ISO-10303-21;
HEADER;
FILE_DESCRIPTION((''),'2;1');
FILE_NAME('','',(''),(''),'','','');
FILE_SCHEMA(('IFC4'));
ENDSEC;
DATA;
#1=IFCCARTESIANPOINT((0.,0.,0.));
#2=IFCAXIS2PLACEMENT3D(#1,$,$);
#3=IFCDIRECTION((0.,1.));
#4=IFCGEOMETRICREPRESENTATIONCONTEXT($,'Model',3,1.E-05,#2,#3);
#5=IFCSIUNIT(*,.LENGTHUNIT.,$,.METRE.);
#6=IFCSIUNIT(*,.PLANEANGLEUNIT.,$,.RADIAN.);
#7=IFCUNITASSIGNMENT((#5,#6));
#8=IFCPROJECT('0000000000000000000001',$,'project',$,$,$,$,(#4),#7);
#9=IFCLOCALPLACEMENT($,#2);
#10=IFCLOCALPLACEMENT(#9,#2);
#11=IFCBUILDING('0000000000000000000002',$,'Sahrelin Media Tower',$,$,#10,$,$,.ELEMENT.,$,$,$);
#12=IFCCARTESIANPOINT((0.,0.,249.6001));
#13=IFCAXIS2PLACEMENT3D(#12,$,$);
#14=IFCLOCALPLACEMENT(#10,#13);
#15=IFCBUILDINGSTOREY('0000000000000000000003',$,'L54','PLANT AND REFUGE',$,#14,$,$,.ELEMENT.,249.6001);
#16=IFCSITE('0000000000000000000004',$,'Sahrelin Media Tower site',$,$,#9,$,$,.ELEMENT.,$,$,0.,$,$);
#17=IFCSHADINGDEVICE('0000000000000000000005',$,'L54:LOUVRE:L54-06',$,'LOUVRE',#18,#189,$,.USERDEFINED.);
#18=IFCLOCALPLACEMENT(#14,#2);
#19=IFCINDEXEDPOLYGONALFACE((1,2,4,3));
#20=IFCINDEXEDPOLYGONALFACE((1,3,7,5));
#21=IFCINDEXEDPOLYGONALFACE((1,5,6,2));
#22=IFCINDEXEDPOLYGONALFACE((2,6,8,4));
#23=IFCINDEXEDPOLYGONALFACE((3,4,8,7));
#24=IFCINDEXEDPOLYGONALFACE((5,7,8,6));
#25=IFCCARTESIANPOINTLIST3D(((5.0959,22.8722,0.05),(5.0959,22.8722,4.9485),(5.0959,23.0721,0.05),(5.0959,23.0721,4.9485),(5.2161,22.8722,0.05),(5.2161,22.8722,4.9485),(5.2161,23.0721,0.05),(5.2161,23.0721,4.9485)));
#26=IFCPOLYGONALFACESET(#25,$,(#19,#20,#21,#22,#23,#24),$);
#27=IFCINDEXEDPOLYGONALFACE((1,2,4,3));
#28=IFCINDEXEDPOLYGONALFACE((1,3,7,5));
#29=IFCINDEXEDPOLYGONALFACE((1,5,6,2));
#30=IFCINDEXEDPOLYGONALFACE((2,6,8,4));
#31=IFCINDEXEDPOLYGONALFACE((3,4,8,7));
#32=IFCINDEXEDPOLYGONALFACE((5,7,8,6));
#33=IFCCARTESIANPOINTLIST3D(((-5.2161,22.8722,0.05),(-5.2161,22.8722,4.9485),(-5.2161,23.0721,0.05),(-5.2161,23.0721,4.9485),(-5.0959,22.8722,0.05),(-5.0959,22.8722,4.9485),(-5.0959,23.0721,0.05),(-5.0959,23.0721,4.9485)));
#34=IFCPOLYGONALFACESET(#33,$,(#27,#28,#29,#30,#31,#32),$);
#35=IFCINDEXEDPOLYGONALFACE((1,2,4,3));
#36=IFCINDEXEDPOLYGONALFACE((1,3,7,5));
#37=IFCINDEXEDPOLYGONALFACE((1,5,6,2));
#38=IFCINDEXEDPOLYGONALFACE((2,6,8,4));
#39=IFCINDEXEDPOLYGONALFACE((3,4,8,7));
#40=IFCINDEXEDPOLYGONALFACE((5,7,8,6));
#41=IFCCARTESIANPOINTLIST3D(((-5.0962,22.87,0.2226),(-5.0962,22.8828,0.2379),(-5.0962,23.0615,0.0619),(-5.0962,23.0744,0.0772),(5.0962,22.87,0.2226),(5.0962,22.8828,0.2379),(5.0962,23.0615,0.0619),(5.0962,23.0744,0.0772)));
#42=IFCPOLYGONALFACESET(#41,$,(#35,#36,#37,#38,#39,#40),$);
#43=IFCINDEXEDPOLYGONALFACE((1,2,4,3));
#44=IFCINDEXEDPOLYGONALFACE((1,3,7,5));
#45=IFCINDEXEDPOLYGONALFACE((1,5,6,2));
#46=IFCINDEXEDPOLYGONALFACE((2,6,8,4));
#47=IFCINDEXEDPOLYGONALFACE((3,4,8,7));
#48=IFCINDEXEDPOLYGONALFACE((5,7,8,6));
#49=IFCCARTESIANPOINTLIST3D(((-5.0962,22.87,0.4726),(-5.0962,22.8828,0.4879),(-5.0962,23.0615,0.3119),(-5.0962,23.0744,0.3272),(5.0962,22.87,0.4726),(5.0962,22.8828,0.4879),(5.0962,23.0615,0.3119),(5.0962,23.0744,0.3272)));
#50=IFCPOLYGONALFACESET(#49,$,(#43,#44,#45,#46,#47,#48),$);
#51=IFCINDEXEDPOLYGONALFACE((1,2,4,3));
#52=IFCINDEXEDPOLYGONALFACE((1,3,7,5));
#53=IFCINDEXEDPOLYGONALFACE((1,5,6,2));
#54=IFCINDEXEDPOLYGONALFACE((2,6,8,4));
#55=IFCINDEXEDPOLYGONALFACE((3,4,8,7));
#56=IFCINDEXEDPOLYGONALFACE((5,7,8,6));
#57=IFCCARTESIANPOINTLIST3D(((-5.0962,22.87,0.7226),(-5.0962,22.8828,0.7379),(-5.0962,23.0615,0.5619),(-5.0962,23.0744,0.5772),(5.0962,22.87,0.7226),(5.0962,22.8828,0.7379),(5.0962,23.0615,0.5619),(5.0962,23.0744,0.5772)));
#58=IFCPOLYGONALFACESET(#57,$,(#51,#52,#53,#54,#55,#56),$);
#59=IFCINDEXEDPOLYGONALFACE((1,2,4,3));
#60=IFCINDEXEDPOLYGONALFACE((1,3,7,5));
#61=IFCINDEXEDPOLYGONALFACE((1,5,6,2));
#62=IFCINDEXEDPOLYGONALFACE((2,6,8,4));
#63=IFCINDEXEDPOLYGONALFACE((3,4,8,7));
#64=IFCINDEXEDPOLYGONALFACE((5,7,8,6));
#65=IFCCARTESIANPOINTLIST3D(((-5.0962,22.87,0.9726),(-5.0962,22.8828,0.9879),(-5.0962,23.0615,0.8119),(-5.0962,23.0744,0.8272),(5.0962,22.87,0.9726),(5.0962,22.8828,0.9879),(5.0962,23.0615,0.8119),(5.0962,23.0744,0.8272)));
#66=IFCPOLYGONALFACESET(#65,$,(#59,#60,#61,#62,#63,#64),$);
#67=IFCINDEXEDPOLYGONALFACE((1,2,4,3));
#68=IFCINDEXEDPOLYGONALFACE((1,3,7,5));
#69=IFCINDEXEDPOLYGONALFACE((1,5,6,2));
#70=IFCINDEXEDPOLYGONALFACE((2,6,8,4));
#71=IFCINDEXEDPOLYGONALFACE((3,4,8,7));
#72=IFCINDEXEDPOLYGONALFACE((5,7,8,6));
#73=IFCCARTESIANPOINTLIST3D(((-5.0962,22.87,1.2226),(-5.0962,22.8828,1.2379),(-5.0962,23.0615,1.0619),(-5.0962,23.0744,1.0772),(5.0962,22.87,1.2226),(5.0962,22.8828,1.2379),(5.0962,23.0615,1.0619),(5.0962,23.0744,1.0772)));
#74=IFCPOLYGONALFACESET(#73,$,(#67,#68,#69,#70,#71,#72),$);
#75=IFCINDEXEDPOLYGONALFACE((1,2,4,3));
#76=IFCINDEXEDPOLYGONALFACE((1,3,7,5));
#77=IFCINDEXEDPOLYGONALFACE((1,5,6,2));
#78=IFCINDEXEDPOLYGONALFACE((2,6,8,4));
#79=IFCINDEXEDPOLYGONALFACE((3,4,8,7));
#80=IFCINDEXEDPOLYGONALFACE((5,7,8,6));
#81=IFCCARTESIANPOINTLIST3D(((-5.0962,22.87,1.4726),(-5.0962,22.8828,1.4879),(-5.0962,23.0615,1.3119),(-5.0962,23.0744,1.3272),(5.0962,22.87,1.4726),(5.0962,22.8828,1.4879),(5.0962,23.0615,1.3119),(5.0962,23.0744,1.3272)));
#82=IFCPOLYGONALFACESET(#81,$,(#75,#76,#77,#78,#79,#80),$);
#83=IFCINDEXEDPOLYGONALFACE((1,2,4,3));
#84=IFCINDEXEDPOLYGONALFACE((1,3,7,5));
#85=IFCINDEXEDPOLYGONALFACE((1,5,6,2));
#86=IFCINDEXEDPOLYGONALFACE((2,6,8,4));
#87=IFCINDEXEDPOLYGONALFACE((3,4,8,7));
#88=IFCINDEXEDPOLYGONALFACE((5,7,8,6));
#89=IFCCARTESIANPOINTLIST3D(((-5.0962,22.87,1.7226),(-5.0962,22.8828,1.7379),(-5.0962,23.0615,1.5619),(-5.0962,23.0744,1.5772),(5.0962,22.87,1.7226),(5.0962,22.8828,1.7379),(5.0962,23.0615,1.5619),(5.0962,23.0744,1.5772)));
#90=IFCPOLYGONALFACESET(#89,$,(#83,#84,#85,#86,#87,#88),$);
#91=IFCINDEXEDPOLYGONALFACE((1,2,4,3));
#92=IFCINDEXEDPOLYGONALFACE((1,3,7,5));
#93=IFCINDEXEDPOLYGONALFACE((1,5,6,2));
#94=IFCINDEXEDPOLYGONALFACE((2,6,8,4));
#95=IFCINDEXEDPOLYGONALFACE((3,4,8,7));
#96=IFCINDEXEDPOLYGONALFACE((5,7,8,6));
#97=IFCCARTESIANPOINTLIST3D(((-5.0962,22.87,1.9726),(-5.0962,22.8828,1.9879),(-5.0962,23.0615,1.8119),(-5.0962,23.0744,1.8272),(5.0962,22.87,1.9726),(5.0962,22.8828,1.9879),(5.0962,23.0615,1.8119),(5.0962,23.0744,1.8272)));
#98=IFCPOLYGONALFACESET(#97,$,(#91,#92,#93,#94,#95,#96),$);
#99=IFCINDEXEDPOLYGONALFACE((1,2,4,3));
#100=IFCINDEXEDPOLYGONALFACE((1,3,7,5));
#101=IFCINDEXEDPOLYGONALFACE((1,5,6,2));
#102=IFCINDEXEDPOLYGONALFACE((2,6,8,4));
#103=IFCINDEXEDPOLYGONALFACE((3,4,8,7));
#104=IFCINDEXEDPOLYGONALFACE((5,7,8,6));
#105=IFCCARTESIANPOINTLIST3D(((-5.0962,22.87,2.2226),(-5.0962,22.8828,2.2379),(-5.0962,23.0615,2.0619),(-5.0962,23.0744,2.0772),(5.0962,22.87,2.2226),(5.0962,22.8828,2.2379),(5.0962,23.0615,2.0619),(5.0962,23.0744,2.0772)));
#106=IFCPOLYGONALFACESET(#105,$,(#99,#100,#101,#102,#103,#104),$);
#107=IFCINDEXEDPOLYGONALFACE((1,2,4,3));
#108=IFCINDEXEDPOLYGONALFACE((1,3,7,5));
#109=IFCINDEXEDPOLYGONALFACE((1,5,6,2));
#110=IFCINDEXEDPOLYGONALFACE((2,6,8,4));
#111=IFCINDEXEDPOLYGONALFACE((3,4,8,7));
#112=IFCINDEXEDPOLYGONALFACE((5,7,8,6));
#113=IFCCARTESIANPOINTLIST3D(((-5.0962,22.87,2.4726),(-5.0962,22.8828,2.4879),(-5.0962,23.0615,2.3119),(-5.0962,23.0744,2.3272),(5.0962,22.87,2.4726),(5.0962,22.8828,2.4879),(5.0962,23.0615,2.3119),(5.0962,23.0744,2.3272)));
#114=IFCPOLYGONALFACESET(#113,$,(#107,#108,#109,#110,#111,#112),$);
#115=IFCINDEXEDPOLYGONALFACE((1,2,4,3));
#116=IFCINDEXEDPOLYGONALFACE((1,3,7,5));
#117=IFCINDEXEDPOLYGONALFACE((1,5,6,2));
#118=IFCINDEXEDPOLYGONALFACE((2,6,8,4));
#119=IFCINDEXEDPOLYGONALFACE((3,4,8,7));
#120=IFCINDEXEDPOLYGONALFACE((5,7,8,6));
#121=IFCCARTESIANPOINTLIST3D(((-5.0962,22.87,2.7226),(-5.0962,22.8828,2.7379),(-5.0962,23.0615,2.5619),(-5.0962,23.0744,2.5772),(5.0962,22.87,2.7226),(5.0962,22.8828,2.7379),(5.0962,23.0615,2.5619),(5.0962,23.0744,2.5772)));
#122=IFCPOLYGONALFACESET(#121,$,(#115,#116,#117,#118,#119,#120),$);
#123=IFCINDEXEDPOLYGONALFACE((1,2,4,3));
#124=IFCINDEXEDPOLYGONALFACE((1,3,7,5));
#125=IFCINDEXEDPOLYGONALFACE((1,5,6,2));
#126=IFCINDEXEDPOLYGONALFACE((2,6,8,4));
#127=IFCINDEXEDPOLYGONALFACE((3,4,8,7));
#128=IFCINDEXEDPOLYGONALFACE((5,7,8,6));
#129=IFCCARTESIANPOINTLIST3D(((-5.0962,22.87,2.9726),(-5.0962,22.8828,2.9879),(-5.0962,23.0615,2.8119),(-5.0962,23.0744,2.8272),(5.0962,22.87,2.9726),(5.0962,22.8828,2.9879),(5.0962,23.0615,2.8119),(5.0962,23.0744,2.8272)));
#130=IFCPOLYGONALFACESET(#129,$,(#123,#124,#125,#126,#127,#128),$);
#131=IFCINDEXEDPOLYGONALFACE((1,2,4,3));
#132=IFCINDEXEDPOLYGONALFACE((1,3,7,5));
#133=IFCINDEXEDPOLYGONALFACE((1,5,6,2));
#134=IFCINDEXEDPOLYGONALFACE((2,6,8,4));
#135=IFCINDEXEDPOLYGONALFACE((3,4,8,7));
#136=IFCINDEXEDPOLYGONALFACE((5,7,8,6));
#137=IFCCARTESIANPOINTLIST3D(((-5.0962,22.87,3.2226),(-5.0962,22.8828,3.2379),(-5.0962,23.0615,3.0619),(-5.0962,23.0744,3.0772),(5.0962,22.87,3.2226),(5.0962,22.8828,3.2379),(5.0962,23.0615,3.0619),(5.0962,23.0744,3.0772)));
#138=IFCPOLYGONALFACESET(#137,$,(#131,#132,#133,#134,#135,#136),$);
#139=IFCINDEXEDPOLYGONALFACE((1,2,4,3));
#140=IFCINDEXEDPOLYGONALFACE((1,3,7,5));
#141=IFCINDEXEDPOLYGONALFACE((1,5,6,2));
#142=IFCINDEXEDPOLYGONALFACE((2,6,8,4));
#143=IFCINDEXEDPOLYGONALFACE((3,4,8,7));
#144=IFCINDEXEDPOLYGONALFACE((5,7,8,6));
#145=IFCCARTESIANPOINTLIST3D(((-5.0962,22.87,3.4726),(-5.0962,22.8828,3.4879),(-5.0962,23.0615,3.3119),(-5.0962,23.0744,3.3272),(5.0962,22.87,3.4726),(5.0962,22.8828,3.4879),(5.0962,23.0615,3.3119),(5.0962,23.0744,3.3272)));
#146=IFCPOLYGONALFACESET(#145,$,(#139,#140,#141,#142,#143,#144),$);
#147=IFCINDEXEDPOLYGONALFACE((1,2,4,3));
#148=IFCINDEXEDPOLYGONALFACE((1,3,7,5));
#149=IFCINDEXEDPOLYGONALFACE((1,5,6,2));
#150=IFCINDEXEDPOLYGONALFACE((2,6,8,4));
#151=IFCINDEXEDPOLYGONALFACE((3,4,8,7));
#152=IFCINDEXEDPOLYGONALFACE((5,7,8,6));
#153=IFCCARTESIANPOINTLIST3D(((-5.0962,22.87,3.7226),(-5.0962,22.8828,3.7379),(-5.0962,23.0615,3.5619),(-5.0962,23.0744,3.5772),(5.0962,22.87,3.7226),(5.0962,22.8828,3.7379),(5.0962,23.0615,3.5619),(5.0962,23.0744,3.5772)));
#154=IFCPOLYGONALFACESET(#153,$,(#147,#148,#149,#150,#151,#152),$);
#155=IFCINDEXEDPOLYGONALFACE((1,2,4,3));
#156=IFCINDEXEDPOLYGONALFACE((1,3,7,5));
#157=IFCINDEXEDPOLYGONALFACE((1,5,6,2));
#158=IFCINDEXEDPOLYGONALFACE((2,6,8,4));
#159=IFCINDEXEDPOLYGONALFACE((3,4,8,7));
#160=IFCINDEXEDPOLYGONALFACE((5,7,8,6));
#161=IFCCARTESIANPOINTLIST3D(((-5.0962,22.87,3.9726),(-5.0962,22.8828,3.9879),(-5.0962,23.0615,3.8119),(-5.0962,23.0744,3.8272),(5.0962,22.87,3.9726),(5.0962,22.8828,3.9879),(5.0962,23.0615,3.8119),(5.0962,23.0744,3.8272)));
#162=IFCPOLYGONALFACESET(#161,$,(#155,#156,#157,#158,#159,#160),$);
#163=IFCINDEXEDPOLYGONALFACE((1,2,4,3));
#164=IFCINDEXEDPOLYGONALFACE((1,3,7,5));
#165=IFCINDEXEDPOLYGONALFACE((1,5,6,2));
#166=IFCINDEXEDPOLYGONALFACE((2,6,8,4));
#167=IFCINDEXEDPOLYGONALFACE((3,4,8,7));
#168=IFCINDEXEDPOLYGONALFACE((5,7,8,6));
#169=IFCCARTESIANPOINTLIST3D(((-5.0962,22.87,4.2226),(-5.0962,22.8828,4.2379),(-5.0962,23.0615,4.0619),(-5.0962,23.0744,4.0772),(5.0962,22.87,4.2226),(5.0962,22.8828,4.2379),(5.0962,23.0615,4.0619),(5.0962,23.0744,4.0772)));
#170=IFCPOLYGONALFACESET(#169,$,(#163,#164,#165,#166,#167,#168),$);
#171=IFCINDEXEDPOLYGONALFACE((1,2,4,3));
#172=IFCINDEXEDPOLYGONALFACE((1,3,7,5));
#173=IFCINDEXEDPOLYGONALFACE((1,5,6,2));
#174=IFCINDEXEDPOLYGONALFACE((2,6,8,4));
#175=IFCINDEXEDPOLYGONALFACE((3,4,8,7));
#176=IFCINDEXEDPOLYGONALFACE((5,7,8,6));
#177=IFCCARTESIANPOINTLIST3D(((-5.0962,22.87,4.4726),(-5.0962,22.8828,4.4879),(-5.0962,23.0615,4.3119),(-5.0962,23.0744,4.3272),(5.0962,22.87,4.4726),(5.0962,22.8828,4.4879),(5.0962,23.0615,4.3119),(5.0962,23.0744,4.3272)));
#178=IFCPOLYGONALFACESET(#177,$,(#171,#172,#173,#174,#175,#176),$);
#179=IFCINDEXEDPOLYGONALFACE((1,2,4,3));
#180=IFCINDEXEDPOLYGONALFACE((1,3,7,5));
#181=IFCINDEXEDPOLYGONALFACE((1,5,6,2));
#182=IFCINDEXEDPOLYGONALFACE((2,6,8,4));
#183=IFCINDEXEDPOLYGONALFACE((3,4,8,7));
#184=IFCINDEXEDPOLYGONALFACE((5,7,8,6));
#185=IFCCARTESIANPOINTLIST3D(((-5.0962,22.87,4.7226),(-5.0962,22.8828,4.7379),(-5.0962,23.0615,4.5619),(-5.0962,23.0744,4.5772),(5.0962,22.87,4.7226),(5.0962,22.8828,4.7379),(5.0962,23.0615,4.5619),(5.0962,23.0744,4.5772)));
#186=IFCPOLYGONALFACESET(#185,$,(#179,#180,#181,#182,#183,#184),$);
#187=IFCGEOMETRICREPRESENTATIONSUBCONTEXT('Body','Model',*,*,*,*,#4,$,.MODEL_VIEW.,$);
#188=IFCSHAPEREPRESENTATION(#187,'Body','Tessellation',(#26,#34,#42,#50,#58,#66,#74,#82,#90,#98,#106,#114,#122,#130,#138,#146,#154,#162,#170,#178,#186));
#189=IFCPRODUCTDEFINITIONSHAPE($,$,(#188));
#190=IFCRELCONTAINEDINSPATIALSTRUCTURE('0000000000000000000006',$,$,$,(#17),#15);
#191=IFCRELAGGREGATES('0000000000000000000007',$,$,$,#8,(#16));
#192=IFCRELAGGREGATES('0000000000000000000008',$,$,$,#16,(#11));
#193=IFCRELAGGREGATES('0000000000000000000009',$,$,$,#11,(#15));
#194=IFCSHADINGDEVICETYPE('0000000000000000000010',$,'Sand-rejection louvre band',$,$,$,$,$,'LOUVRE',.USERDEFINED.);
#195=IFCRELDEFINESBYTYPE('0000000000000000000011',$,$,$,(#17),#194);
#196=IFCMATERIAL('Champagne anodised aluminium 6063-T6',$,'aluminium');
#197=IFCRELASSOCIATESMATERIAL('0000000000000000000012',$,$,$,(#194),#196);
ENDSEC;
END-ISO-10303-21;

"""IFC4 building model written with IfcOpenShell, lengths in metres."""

from ifc_helpers import new_model, si_unit, direction, frame, origin, origin_2d, place, context, subcontext, project, spatial, rectangle, extrude, material, type_object, element, save


model = new_model("IFC4")

# Units and contexts
model_context = context("Model", 3, precision=1e-05, world=origin(), true_north=direction((0.0, 1.0)))
body_context = subcontext(model_context, "Body", "Model", "MODEL_VIEW")
ifc_project = project(units=[si_unit("LENGTHUNIT", "METRE"), si_unit("PLANEANGLEUNIT", "RADIAN")], contexts=[model_context])

# Site, building, storey
site_placement = place(None, origin())
site = spatial("IfcSite", under=ifc_project, at=site_placement, Name="Sahrelin Media Tower site", CompositionType="ELEMENT", RefElevation=0.0)
building_placement = place(site_placement, origin())
building = spatial("IfcBuilding", under=site, at=building_placement, Name="Sahrelin Media Tower", CompositionType="ELEMENT")
storey_placement = place(building_placement, frame((0.0, 0.0, 249.6001)))
storey = spatial("IfcBuildingStorey", under=building, at=storey_placement, Name="L54", Description="PLANT AND REFUGE", CompositionType="ELEMENT", Elevation=249.6001)

# Shading device
ifc_material_1 = material(Name="Champagne anodised aluminium 6063-T6", Category="aluminium")
shading_device_type = type_object("IfcShadingDeviceType", Name="Sand-rejection louvre band", ElementType="LOUVRE", PredefinedType="USERDEFINED", material=ifc_material_1)
shading_device_1_placement = place(storey_placement, frame((0.0, 22.8721, 0.0), z_axis=(0.0, 0.0, 1.0), x_axis=(1.0, 0.0, 0.0)))
element("IfcShadingDevice", 1, at=shading_device_1_placement, inside=storey, type_object=shading_device_type, Name="L54:LOUVRE:L54-06", ObjectType="LOUVRE", PredefinedType="USERDEFINED", context=body_context, shape_type="SweptSolid", body=[
    extrude(rectangle(XDim=0.1201, YDim=0.2, at=origin_2d()), frame((5.156, 0.1001, 0.05), z_axis=(0.0, 0.0, 1.0), x_axis=(1.0, 0.0, 0.0)), (0.0, 0.0, 1.0), 4.8984),
    extrude(rectangle(XDim=0.1201, YDim=0.2, at=origin_2d()), frame((-5.156, 0.1001, 0.05), z_axis=(0.0, 0.0, 1.0), x_axis=(1.0, 0.0, 0.0)), (0.0, 0.0, 1.0), 4.8984),
    extrude(rectangle(XDim=0.25, YDim=0.02, at=origin_2d()), frame((5.0962, 0.1001, 0.1499), z_axis=(-1.0, 0.0, 0.0), x_axis=(0.0, -0.766044, 0.642788)), (0.0, 0.0, 1.0), 10.1924),
    extrude(rectangle(XDim=0.25, YDim=0.02, at=origin_2d()), frame((5.0962, 0.1001, 0.3999), z_axis=(-1.0, 0.0, 0.0), x_axis=(0.0, -0.766044, 0.642788)), (0.0, 0.0, 1.0), 10.1924),
    extrude(rectangle(XDim=0.25, YDim=0.02, at=origin_2d()), frame((5.0962, 0.1001, 0.6499), z_axis=(-1.0, 0.0, 0.0), x_axis=(0.0, -0.766044, 0.642788)), (0.0, 0.0, 1.0), 10.1924),
    extrude(rectangle(XDim=0.25, YDim=0.02, at=origin_2d()), frame((5.0962, 0.1001, 0.8999), z_axis=(-1.0, 0.0, 0.0), x_axis=(0.0, -0.766044, 0.642788)), (0.0, 0.0, 1.0), 10.1924),
    extrude(rectangle(XDim=0.25, YDim=0.02, at=origin_2d()), frame((5.0962, 0.1001, 1.1499), z_axis=(-1.0, 0.0, 0.0), x_axis=(0.0, -0.766044, 0.642788)), (0.0, 0.0, 1.0), 10.1924),
    extrude(rectangle(XDim=0.25, YDim=0.02, at=origin_2d()), frame((5.0962, 0.1001, 1.3999), z_axis=(-1.0, 0.0, 0.0), x_axis=(0.0, -0.766044, 0.642788)), (0.0, 0.0, 1.0), 10.1924),
    extrude(rectangle(XDim=0.25, YDim=0.02, at=origin_2d()), frame((5.0962, 0.1001, 1.6499), z_axis=(-1.0, 0.0, 0.0), x_axis=(0.0, -0.766044, 0.642788)), (0.0, 0.0, 1.0), 10.1924),
    extrude(rectangle(XDim=0.25, YDim=0.02, at=origin_2d()), frame((5.0962, 0.1001, 1.8999), z_axis=(-1.0, 0.0, 0.0), x_axis=(0.0, -0.766044, 0.642788)), (0.0, 0.0, 1.0), 10.1924),
    extrude(rectangle(XDim=0.25, YDim=0.02, at=origin_2d()), frame((5.0962, 0.1001, 2.1499), z_axis=(-1.0, 0.0, 0.0), x_axis=(0.0, -0.766044, 0.642788)), (0.0, 0.0, 1.0), 10.1924),
    extrude(rectangle(XDim=0.25, YDim=0.02, at=origin_2d()), frame((5.0962, 0.1001, 2.3999), z_axis=(-1.0, 0.0, 0.0), x_axis=(0.0, -0.766044, 0.642788)), (0.0, 0.0, 1.0), 10.1924),
    extrude(rectangle(XDim=0.25, YDim=0.02, at=origin_2d()), frame((5.0962, 0.1001, 2.6499), z_axis=(-1.0, 0.0, 0.0), x_axis=(0.0, -0.766044, 0.642788)), (0.0, 0.0, 1.0), 10.1924),
    extrude(rectangle(XDim=0.25, YDim=0.02, at=origin_2d()), frame((5.0962, 0.1001, 2.8999), z_axis=(-1.0, 0.0, 0.0), x_axis=(0.0, -0.766044, 0.642788)), (0.0, 0.0, 1.0), 10.1924),
    extrude(rectangle(XDim=0.25, YDim=0.02, at=origin_2d()), frame((5.0962, 0.1001, 3.1499), z_axis=(-1.0, 0.0, 0.0), x_axis=(0.0, -0.766044, 0.642788)), (0.0, 0.0, 1.0), 10.1924),
    extrude(rectangle(XDim=0.25, YDim=0.02, at=origin_2d()), frame((5.0962, 0.1001, 3.3999), z_axis=(-1.0, 0.0, 0.0), x_axis=(0.0, -0.766044, 0.642788)), (0.0, 0.0, 1.0), 10.1924),
    extrude(rectangle(XDim=0.25, YDim=0.02, at=origin_2d()), frame((5.0962, 0.1001, 3.6499), z_axis=(-1.0, 0.0, 0.0), x_axis=(0.0, -0.766044, 0.642788)), (0.0, 0.0, 1.0), 10.1924),
    extrude(rectangle(XDim=0.25, YDim=0.02, at=origin_2d()), frame((5.0962, 0.1001, 3.8999), z_axis=(-1.0, 0.0, 0.0), x_axis=(0.0, -0.766044, 0.642788)), (0.0, 0.0, 1.0), 10.1924),
    extrude(rectangle(XDim=0.25, YDim=0.02, at=origin_2d()), frame((5.0962, 0.1001, 4.1499), z_axis=(-1.0, 0.0, 0.0), x_axis=(0.0, -0.766044, 0.642788)), (0.0, 0.0, 1.0), 10.1924),
    extrude(rectangle(XDim=0.25, YDim=0.02, at=origin_2d()), frame((5.0962, 0.1001, 4.3999), z_axis=(-1.0, 0.0, 0.0), x_axis=(0.0, -0.766044, 0.642788)), (0.0, 0.0, 1.0), 10.1924),
    extrude(rectangle(XDim=0.25, YDim=0.02, at=origin_2d()), frame((5.0962, 0.1001, 4.6499), z_axis=(-1.0, 0.0, 0.0), x_axis=(0.0, -0.766044, 0.642788)), (0.0, 0.0, 1.0), 10.1924),
])

save(model, "model.ifc")
